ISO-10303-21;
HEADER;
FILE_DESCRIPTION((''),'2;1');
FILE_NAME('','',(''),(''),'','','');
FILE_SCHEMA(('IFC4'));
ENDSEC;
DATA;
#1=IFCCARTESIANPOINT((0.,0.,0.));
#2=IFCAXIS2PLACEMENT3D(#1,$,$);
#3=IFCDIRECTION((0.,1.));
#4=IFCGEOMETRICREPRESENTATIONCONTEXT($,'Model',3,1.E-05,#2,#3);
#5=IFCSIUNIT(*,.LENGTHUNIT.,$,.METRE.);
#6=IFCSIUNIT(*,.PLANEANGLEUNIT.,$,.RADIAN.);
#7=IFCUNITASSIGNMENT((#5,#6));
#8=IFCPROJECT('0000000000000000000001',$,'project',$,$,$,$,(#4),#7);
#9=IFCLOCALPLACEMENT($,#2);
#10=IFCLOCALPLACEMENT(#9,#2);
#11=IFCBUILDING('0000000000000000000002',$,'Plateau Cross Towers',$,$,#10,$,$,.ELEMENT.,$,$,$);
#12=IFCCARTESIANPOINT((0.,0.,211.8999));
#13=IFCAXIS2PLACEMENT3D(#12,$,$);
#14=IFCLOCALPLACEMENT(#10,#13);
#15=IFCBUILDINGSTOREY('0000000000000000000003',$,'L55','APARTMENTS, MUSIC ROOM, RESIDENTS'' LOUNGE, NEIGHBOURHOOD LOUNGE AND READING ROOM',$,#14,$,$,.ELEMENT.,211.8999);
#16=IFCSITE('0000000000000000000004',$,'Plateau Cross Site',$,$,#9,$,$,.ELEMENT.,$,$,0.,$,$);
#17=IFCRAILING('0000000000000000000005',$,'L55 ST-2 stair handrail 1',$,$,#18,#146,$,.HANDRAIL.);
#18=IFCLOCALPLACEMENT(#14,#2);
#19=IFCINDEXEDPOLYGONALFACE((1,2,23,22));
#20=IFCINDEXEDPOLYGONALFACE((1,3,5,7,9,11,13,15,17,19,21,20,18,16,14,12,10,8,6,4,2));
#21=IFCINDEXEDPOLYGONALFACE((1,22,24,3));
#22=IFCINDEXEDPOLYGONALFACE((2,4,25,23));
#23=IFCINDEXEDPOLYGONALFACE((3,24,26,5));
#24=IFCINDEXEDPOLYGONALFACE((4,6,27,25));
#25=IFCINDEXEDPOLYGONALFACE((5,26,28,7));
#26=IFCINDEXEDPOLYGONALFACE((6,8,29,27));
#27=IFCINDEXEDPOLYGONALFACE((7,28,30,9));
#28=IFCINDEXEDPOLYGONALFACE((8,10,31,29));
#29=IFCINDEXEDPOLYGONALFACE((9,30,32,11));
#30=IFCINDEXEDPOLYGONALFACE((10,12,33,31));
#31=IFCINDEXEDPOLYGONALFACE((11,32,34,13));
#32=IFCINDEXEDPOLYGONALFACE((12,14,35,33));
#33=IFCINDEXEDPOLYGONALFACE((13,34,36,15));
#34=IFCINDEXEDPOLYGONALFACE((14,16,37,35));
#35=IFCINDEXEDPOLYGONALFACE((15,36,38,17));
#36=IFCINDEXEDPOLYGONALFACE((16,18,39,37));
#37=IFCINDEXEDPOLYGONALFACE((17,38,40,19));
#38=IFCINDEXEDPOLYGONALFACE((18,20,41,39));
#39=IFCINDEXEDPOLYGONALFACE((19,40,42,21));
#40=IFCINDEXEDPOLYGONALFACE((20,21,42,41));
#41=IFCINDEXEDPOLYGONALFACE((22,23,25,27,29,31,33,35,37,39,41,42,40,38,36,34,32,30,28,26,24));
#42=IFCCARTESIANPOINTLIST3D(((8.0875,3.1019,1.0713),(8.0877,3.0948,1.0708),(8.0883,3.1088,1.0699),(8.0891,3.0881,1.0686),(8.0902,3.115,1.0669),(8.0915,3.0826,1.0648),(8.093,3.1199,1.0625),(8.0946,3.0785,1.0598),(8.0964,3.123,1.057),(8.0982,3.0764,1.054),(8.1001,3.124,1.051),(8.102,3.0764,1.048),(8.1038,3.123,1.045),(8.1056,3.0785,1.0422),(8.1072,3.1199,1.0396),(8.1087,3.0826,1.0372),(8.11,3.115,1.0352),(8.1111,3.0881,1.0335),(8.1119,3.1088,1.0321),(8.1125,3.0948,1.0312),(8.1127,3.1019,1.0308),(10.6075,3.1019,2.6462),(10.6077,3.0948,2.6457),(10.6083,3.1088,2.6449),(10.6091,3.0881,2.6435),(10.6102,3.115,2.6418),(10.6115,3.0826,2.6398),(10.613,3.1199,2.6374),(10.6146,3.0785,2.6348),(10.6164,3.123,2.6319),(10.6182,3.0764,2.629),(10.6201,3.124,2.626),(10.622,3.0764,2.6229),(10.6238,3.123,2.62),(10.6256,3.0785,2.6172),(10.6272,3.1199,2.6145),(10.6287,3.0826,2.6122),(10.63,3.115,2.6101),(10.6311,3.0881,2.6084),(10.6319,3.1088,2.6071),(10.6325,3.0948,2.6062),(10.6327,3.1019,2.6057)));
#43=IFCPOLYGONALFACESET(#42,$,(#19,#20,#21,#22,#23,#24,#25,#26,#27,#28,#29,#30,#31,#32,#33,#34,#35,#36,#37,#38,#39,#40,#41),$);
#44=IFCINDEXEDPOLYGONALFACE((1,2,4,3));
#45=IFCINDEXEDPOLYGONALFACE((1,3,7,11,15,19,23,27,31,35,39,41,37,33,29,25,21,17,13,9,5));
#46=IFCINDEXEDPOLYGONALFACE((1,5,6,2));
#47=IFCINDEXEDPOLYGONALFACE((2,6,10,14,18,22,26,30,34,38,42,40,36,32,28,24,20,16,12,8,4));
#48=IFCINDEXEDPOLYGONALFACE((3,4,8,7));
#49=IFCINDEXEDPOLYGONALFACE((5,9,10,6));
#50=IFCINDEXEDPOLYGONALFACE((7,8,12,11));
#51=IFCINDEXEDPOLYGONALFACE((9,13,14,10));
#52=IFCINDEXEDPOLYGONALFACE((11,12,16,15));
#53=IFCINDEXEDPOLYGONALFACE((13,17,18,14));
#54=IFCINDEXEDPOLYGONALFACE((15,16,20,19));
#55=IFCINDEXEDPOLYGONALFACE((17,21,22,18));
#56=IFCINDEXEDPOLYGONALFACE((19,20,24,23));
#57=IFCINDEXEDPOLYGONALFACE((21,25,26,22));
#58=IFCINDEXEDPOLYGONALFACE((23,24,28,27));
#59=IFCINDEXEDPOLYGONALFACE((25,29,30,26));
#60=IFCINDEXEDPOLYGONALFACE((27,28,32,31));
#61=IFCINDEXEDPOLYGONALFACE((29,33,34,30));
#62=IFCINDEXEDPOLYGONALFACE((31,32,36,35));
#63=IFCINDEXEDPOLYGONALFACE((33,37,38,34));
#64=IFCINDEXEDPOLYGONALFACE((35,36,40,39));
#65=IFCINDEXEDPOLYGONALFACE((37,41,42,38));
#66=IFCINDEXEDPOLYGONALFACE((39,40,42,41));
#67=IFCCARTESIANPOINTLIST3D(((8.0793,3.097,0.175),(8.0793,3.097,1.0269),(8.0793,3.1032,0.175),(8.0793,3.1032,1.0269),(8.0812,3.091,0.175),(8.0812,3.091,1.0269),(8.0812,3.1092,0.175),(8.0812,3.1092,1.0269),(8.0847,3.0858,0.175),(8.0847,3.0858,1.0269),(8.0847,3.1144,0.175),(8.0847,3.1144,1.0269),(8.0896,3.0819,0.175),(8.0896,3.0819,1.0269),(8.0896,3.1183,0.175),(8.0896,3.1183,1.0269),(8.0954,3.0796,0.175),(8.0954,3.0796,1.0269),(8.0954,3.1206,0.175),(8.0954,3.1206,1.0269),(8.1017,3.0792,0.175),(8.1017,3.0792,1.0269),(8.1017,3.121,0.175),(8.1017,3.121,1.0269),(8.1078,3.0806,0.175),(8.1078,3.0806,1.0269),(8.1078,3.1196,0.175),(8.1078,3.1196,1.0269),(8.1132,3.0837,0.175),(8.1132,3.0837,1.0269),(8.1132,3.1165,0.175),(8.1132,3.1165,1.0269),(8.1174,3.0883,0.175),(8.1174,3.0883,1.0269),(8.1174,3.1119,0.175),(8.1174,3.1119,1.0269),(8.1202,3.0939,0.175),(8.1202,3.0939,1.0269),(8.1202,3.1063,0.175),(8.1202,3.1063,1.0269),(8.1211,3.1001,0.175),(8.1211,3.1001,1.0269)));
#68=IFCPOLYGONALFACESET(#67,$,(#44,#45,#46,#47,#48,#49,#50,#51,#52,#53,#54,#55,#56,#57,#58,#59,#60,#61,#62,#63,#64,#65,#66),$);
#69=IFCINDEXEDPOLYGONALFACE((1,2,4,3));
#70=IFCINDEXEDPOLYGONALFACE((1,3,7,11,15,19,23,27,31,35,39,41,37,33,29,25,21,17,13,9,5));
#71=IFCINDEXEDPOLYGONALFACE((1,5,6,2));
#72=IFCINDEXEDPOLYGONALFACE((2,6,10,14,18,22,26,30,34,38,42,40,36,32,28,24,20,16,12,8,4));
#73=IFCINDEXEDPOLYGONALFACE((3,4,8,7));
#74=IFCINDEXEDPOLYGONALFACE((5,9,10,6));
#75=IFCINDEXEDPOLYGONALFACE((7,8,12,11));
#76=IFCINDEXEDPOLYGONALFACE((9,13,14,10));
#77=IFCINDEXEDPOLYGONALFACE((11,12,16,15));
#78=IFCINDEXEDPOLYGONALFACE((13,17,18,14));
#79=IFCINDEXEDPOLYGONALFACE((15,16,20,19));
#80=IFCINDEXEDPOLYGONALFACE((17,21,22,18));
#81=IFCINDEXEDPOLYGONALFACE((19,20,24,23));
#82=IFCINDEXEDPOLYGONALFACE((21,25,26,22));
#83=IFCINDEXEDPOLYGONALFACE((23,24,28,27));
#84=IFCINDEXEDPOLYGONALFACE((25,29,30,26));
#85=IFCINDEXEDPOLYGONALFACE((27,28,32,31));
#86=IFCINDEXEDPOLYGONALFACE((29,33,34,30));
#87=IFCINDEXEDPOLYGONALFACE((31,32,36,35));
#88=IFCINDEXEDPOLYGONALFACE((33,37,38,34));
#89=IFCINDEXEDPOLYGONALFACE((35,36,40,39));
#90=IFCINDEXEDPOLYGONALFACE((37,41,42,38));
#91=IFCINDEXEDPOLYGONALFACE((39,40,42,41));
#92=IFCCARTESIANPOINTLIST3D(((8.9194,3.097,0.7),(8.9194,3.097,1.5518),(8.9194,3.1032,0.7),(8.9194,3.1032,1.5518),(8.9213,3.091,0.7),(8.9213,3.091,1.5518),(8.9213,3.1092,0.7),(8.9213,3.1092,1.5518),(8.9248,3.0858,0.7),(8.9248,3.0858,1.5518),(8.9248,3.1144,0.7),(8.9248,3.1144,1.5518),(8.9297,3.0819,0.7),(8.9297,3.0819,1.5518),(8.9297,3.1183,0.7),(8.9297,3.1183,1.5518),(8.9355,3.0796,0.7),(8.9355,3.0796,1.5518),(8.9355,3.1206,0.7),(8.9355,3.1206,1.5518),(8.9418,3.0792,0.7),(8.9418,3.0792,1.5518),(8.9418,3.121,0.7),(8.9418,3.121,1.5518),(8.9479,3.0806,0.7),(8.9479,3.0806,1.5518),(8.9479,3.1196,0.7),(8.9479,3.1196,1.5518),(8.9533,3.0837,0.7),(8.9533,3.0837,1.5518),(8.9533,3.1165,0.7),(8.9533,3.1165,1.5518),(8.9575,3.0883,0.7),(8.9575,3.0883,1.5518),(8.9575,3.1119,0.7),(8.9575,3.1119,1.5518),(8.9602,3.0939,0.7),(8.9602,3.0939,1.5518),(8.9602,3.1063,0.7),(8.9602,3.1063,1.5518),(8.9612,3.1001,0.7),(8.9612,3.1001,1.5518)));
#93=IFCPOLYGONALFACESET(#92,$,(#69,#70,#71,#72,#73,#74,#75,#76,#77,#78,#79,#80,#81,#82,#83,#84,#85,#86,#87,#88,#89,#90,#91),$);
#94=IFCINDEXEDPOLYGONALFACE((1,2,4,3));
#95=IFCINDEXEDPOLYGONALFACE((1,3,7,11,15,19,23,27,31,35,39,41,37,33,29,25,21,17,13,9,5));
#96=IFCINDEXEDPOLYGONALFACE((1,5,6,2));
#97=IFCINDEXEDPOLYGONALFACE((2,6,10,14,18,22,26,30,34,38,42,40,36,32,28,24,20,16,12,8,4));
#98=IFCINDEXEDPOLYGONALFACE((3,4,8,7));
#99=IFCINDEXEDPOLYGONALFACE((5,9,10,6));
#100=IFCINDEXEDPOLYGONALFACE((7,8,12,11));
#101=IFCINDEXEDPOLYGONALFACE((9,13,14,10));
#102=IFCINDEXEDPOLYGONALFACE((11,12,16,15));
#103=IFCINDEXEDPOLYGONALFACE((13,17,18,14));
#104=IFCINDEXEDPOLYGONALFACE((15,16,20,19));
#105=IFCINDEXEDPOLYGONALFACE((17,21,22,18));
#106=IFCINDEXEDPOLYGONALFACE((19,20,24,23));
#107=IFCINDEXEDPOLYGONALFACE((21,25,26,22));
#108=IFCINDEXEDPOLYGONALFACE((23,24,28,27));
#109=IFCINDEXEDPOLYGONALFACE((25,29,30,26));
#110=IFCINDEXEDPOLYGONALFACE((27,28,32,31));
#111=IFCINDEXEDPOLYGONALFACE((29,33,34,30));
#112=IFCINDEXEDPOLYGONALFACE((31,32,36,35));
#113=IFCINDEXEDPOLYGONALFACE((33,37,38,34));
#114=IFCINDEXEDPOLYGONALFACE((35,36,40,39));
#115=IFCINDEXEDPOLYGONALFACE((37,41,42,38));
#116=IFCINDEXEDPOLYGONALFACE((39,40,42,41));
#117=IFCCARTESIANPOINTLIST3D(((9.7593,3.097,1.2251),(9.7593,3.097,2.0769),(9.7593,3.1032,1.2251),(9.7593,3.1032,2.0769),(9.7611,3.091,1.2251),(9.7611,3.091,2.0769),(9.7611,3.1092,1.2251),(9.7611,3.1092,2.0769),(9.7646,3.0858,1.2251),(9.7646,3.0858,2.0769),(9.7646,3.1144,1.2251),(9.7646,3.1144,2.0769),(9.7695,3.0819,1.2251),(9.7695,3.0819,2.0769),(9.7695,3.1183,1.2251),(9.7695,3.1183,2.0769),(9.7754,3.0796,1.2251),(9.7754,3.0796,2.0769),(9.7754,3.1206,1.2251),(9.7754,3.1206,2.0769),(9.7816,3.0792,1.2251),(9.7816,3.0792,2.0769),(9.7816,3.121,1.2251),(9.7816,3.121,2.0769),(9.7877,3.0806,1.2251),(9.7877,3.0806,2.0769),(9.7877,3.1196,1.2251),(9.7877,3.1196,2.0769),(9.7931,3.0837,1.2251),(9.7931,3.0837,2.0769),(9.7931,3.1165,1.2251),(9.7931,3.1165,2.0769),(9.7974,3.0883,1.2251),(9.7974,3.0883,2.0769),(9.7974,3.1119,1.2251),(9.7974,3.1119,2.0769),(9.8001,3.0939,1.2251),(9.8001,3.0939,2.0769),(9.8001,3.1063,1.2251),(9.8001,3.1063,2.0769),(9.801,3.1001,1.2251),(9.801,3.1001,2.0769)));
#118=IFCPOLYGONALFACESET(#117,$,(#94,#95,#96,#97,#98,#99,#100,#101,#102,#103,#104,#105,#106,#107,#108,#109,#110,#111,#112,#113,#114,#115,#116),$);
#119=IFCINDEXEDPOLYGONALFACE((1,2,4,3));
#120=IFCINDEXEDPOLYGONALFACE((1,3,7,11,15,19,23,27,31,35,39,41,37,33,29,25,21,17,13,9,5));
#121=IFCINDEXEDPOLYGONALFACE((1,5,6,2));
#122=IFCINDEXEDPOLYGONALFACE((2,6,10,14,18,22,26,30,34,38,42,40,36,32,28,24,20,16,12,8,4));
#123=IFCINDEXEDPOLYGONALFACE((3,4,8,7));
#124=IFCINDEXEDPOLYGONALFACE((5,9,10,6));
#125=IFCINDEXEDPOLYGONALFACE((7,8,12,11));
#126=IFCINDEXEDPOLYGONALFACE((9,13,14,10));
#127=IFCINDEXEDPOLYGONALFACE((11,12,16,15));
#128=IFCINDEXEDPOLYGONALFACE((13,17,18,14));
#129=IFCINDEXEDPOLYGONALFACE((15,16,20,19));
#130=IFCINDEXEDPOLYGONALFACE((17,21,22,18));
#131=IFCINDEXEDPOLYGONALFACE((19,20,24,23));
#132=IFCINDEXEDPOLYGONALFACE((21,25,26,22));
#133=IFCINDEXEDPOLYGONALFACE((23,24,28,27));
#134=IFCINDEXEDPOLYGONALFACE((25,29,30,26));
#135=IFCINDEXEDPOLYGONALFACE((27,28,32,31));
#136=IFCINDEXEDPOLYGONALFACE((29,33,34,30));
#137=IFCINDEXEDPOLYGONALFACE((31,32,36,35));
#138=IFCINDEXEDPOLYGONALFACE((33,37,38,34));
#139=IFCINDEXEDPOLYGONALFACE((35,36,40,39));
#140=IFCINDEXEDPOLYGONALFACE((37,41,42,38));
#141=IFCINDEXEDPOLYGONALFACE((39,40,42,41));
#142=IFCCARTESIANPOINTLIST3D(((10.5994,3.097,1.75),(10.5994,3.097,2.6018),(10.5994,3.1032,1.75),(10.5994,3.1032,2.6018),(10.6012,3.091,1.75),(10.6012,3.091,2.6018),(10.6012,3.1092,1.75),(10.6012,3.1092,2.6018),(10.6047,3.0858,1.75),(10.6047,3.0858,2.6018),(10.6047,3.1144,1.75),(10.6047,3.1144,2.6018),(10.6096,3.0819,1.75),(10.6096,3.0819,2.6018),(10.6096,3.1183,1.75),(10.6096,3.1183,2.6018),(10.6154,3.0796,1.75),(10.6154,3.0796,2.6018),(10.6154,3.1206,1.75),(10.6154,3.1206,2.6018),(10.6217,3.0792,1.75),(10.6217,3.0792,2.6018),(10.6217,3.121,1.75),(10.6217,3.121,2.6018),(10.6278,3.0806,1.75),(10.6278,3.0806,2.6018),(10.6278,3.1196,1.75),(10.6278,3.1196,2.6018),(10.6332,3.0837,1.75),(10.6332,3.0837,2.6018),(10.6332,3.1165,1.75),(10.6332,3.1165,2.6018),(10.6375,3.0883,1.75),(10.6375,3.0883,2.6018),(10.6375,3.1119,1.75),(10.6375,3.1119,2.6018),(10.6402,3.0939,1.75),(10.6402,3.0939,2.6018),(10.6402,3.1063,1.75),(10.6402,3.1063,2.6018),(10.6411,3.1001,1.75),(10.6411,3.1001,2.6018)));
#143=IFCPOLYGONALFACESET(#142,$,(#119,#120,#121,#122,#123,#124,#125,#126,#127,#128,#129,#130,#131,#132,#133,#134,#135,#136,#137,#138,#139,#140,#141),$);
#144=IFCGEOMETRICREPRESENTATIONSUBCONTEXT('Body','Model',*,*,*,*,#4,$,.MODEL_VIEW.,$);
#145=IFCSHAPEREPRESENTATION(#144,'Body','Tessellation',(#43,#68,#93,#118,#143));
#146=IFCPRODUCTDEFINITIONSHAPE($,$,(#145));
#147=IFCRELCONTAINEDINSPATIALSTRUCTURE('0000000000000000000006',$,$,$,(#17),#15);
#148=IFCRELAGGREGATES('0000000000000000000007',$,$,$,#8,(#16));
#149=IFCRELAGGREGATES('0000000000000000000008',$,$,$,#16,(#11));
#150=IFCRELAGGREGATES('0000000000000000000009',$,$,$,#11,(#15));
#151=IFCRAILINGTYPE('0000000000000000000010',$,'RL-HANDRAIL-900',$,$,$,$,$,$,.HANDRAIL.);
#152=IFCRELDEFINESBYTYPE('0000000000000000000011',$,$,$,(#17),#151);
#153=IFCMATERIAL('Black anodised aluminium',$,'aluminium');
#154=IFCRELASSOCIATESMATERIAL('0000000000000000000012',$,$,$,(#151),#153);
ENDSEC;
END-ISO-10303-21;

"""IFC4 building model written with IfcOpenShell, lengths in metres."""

from ifc_helpers import new_model, si_unit, direction, frame, origin, origin_2d, place, context, subcontext, project, spatial, circle, extrude, material, type_object, element, save


model = new_model("IFC4")

# Units and contexts
model_context = context("Model", 3, precision=1e-05, world=origin(), true_north=direction((0.0, 1.0)))
body_context = subcontext(model_context, "Body", "Model", "MODEL_VIEW")
ifc_project = project(units=[si_unit("LENGTHUNIT", "METRE"), si_unit("PLANEANGLEUNIT", "RADIAN")], contexts=[model_context])

# Site, building, storey
site_placement = place(None, origin())
site = spatial("IfcSite", under=ifc_project, at=site_placement, Name="Plateau Cross Site", CompositionType="ELEMENT", RefElevation=0.0)
building_placement = place(site_placement, origin())
building = spatial("IfcBuilding", under=site, at=building_placement, Name="Plateau Cross Towers", CompositionType="ELEMENT")
storey_placement = place(building_placement, frame((0.0, 0.0, 211.8999)))
storey = spatial("IfcBuildingStorey", under=building, at=storey_placement, Name="L55", Description="APARTMENTS, MUSIC ROOM, RESIDENTS' LOUNGE, NEIGHBOURHOOD LOUNGE AND READING ROOM", CompositionType="ELEMENT", Elevation=211.8999)

# Shared definitions
ifc_material_1 = material(Name="Black anodised aluminium", Category="aluminium")

# Railing
railing_type_1 = type_object("IfcRailingType", Name="RL-HANDRAIL-900", PredefinedType="HANDRAIL", material=ifc_material_1)
railing_placement = place(storey_placement, frame((8.1001, 3.1001, 0.175)))
element("IfcRailing", 1, at=railing_placement, inside=storey, type_object=railing_type_1, Name="L55 ST-2 stair handrail 1", PredefinedType="HANDRAIL", context=body_context, shape_type="SweptSolid", body=[
    extrude(circle(Radius=0.0239, at=origin_2d()), frame((0.0, 0.0, 0.876), z_axis=(0.848008, 0.0, 0.529984), x_axis=(0.0, 1.0, 0.0)), (0.0, 0.0, 1.0), 2.9717),
    extrude(circle(Radius=0.021, at=origin_2d()), origin(), (0.0, 0.0, 1.0), 0.8518),
    extrude(circle(Radius=0.021, at=origin_2d()), frame((0.8401, 0.0, 0.5249)), (0.0, 0.0, 1.0), 0.8518),
    extrude(circle(Radius=0.021, at=origin_2d()), frame((1.6799, 0.0, 1.05)), (0.0, 0.0, 1.0), 0.8518),
    extrude(circle(Radius=0.021, at=origin_2d()), frame((2.52, 0.0, 1.575)), (0.0, 0.0, 1.0), 0.8518),
])

save(model, "model.ifc")
